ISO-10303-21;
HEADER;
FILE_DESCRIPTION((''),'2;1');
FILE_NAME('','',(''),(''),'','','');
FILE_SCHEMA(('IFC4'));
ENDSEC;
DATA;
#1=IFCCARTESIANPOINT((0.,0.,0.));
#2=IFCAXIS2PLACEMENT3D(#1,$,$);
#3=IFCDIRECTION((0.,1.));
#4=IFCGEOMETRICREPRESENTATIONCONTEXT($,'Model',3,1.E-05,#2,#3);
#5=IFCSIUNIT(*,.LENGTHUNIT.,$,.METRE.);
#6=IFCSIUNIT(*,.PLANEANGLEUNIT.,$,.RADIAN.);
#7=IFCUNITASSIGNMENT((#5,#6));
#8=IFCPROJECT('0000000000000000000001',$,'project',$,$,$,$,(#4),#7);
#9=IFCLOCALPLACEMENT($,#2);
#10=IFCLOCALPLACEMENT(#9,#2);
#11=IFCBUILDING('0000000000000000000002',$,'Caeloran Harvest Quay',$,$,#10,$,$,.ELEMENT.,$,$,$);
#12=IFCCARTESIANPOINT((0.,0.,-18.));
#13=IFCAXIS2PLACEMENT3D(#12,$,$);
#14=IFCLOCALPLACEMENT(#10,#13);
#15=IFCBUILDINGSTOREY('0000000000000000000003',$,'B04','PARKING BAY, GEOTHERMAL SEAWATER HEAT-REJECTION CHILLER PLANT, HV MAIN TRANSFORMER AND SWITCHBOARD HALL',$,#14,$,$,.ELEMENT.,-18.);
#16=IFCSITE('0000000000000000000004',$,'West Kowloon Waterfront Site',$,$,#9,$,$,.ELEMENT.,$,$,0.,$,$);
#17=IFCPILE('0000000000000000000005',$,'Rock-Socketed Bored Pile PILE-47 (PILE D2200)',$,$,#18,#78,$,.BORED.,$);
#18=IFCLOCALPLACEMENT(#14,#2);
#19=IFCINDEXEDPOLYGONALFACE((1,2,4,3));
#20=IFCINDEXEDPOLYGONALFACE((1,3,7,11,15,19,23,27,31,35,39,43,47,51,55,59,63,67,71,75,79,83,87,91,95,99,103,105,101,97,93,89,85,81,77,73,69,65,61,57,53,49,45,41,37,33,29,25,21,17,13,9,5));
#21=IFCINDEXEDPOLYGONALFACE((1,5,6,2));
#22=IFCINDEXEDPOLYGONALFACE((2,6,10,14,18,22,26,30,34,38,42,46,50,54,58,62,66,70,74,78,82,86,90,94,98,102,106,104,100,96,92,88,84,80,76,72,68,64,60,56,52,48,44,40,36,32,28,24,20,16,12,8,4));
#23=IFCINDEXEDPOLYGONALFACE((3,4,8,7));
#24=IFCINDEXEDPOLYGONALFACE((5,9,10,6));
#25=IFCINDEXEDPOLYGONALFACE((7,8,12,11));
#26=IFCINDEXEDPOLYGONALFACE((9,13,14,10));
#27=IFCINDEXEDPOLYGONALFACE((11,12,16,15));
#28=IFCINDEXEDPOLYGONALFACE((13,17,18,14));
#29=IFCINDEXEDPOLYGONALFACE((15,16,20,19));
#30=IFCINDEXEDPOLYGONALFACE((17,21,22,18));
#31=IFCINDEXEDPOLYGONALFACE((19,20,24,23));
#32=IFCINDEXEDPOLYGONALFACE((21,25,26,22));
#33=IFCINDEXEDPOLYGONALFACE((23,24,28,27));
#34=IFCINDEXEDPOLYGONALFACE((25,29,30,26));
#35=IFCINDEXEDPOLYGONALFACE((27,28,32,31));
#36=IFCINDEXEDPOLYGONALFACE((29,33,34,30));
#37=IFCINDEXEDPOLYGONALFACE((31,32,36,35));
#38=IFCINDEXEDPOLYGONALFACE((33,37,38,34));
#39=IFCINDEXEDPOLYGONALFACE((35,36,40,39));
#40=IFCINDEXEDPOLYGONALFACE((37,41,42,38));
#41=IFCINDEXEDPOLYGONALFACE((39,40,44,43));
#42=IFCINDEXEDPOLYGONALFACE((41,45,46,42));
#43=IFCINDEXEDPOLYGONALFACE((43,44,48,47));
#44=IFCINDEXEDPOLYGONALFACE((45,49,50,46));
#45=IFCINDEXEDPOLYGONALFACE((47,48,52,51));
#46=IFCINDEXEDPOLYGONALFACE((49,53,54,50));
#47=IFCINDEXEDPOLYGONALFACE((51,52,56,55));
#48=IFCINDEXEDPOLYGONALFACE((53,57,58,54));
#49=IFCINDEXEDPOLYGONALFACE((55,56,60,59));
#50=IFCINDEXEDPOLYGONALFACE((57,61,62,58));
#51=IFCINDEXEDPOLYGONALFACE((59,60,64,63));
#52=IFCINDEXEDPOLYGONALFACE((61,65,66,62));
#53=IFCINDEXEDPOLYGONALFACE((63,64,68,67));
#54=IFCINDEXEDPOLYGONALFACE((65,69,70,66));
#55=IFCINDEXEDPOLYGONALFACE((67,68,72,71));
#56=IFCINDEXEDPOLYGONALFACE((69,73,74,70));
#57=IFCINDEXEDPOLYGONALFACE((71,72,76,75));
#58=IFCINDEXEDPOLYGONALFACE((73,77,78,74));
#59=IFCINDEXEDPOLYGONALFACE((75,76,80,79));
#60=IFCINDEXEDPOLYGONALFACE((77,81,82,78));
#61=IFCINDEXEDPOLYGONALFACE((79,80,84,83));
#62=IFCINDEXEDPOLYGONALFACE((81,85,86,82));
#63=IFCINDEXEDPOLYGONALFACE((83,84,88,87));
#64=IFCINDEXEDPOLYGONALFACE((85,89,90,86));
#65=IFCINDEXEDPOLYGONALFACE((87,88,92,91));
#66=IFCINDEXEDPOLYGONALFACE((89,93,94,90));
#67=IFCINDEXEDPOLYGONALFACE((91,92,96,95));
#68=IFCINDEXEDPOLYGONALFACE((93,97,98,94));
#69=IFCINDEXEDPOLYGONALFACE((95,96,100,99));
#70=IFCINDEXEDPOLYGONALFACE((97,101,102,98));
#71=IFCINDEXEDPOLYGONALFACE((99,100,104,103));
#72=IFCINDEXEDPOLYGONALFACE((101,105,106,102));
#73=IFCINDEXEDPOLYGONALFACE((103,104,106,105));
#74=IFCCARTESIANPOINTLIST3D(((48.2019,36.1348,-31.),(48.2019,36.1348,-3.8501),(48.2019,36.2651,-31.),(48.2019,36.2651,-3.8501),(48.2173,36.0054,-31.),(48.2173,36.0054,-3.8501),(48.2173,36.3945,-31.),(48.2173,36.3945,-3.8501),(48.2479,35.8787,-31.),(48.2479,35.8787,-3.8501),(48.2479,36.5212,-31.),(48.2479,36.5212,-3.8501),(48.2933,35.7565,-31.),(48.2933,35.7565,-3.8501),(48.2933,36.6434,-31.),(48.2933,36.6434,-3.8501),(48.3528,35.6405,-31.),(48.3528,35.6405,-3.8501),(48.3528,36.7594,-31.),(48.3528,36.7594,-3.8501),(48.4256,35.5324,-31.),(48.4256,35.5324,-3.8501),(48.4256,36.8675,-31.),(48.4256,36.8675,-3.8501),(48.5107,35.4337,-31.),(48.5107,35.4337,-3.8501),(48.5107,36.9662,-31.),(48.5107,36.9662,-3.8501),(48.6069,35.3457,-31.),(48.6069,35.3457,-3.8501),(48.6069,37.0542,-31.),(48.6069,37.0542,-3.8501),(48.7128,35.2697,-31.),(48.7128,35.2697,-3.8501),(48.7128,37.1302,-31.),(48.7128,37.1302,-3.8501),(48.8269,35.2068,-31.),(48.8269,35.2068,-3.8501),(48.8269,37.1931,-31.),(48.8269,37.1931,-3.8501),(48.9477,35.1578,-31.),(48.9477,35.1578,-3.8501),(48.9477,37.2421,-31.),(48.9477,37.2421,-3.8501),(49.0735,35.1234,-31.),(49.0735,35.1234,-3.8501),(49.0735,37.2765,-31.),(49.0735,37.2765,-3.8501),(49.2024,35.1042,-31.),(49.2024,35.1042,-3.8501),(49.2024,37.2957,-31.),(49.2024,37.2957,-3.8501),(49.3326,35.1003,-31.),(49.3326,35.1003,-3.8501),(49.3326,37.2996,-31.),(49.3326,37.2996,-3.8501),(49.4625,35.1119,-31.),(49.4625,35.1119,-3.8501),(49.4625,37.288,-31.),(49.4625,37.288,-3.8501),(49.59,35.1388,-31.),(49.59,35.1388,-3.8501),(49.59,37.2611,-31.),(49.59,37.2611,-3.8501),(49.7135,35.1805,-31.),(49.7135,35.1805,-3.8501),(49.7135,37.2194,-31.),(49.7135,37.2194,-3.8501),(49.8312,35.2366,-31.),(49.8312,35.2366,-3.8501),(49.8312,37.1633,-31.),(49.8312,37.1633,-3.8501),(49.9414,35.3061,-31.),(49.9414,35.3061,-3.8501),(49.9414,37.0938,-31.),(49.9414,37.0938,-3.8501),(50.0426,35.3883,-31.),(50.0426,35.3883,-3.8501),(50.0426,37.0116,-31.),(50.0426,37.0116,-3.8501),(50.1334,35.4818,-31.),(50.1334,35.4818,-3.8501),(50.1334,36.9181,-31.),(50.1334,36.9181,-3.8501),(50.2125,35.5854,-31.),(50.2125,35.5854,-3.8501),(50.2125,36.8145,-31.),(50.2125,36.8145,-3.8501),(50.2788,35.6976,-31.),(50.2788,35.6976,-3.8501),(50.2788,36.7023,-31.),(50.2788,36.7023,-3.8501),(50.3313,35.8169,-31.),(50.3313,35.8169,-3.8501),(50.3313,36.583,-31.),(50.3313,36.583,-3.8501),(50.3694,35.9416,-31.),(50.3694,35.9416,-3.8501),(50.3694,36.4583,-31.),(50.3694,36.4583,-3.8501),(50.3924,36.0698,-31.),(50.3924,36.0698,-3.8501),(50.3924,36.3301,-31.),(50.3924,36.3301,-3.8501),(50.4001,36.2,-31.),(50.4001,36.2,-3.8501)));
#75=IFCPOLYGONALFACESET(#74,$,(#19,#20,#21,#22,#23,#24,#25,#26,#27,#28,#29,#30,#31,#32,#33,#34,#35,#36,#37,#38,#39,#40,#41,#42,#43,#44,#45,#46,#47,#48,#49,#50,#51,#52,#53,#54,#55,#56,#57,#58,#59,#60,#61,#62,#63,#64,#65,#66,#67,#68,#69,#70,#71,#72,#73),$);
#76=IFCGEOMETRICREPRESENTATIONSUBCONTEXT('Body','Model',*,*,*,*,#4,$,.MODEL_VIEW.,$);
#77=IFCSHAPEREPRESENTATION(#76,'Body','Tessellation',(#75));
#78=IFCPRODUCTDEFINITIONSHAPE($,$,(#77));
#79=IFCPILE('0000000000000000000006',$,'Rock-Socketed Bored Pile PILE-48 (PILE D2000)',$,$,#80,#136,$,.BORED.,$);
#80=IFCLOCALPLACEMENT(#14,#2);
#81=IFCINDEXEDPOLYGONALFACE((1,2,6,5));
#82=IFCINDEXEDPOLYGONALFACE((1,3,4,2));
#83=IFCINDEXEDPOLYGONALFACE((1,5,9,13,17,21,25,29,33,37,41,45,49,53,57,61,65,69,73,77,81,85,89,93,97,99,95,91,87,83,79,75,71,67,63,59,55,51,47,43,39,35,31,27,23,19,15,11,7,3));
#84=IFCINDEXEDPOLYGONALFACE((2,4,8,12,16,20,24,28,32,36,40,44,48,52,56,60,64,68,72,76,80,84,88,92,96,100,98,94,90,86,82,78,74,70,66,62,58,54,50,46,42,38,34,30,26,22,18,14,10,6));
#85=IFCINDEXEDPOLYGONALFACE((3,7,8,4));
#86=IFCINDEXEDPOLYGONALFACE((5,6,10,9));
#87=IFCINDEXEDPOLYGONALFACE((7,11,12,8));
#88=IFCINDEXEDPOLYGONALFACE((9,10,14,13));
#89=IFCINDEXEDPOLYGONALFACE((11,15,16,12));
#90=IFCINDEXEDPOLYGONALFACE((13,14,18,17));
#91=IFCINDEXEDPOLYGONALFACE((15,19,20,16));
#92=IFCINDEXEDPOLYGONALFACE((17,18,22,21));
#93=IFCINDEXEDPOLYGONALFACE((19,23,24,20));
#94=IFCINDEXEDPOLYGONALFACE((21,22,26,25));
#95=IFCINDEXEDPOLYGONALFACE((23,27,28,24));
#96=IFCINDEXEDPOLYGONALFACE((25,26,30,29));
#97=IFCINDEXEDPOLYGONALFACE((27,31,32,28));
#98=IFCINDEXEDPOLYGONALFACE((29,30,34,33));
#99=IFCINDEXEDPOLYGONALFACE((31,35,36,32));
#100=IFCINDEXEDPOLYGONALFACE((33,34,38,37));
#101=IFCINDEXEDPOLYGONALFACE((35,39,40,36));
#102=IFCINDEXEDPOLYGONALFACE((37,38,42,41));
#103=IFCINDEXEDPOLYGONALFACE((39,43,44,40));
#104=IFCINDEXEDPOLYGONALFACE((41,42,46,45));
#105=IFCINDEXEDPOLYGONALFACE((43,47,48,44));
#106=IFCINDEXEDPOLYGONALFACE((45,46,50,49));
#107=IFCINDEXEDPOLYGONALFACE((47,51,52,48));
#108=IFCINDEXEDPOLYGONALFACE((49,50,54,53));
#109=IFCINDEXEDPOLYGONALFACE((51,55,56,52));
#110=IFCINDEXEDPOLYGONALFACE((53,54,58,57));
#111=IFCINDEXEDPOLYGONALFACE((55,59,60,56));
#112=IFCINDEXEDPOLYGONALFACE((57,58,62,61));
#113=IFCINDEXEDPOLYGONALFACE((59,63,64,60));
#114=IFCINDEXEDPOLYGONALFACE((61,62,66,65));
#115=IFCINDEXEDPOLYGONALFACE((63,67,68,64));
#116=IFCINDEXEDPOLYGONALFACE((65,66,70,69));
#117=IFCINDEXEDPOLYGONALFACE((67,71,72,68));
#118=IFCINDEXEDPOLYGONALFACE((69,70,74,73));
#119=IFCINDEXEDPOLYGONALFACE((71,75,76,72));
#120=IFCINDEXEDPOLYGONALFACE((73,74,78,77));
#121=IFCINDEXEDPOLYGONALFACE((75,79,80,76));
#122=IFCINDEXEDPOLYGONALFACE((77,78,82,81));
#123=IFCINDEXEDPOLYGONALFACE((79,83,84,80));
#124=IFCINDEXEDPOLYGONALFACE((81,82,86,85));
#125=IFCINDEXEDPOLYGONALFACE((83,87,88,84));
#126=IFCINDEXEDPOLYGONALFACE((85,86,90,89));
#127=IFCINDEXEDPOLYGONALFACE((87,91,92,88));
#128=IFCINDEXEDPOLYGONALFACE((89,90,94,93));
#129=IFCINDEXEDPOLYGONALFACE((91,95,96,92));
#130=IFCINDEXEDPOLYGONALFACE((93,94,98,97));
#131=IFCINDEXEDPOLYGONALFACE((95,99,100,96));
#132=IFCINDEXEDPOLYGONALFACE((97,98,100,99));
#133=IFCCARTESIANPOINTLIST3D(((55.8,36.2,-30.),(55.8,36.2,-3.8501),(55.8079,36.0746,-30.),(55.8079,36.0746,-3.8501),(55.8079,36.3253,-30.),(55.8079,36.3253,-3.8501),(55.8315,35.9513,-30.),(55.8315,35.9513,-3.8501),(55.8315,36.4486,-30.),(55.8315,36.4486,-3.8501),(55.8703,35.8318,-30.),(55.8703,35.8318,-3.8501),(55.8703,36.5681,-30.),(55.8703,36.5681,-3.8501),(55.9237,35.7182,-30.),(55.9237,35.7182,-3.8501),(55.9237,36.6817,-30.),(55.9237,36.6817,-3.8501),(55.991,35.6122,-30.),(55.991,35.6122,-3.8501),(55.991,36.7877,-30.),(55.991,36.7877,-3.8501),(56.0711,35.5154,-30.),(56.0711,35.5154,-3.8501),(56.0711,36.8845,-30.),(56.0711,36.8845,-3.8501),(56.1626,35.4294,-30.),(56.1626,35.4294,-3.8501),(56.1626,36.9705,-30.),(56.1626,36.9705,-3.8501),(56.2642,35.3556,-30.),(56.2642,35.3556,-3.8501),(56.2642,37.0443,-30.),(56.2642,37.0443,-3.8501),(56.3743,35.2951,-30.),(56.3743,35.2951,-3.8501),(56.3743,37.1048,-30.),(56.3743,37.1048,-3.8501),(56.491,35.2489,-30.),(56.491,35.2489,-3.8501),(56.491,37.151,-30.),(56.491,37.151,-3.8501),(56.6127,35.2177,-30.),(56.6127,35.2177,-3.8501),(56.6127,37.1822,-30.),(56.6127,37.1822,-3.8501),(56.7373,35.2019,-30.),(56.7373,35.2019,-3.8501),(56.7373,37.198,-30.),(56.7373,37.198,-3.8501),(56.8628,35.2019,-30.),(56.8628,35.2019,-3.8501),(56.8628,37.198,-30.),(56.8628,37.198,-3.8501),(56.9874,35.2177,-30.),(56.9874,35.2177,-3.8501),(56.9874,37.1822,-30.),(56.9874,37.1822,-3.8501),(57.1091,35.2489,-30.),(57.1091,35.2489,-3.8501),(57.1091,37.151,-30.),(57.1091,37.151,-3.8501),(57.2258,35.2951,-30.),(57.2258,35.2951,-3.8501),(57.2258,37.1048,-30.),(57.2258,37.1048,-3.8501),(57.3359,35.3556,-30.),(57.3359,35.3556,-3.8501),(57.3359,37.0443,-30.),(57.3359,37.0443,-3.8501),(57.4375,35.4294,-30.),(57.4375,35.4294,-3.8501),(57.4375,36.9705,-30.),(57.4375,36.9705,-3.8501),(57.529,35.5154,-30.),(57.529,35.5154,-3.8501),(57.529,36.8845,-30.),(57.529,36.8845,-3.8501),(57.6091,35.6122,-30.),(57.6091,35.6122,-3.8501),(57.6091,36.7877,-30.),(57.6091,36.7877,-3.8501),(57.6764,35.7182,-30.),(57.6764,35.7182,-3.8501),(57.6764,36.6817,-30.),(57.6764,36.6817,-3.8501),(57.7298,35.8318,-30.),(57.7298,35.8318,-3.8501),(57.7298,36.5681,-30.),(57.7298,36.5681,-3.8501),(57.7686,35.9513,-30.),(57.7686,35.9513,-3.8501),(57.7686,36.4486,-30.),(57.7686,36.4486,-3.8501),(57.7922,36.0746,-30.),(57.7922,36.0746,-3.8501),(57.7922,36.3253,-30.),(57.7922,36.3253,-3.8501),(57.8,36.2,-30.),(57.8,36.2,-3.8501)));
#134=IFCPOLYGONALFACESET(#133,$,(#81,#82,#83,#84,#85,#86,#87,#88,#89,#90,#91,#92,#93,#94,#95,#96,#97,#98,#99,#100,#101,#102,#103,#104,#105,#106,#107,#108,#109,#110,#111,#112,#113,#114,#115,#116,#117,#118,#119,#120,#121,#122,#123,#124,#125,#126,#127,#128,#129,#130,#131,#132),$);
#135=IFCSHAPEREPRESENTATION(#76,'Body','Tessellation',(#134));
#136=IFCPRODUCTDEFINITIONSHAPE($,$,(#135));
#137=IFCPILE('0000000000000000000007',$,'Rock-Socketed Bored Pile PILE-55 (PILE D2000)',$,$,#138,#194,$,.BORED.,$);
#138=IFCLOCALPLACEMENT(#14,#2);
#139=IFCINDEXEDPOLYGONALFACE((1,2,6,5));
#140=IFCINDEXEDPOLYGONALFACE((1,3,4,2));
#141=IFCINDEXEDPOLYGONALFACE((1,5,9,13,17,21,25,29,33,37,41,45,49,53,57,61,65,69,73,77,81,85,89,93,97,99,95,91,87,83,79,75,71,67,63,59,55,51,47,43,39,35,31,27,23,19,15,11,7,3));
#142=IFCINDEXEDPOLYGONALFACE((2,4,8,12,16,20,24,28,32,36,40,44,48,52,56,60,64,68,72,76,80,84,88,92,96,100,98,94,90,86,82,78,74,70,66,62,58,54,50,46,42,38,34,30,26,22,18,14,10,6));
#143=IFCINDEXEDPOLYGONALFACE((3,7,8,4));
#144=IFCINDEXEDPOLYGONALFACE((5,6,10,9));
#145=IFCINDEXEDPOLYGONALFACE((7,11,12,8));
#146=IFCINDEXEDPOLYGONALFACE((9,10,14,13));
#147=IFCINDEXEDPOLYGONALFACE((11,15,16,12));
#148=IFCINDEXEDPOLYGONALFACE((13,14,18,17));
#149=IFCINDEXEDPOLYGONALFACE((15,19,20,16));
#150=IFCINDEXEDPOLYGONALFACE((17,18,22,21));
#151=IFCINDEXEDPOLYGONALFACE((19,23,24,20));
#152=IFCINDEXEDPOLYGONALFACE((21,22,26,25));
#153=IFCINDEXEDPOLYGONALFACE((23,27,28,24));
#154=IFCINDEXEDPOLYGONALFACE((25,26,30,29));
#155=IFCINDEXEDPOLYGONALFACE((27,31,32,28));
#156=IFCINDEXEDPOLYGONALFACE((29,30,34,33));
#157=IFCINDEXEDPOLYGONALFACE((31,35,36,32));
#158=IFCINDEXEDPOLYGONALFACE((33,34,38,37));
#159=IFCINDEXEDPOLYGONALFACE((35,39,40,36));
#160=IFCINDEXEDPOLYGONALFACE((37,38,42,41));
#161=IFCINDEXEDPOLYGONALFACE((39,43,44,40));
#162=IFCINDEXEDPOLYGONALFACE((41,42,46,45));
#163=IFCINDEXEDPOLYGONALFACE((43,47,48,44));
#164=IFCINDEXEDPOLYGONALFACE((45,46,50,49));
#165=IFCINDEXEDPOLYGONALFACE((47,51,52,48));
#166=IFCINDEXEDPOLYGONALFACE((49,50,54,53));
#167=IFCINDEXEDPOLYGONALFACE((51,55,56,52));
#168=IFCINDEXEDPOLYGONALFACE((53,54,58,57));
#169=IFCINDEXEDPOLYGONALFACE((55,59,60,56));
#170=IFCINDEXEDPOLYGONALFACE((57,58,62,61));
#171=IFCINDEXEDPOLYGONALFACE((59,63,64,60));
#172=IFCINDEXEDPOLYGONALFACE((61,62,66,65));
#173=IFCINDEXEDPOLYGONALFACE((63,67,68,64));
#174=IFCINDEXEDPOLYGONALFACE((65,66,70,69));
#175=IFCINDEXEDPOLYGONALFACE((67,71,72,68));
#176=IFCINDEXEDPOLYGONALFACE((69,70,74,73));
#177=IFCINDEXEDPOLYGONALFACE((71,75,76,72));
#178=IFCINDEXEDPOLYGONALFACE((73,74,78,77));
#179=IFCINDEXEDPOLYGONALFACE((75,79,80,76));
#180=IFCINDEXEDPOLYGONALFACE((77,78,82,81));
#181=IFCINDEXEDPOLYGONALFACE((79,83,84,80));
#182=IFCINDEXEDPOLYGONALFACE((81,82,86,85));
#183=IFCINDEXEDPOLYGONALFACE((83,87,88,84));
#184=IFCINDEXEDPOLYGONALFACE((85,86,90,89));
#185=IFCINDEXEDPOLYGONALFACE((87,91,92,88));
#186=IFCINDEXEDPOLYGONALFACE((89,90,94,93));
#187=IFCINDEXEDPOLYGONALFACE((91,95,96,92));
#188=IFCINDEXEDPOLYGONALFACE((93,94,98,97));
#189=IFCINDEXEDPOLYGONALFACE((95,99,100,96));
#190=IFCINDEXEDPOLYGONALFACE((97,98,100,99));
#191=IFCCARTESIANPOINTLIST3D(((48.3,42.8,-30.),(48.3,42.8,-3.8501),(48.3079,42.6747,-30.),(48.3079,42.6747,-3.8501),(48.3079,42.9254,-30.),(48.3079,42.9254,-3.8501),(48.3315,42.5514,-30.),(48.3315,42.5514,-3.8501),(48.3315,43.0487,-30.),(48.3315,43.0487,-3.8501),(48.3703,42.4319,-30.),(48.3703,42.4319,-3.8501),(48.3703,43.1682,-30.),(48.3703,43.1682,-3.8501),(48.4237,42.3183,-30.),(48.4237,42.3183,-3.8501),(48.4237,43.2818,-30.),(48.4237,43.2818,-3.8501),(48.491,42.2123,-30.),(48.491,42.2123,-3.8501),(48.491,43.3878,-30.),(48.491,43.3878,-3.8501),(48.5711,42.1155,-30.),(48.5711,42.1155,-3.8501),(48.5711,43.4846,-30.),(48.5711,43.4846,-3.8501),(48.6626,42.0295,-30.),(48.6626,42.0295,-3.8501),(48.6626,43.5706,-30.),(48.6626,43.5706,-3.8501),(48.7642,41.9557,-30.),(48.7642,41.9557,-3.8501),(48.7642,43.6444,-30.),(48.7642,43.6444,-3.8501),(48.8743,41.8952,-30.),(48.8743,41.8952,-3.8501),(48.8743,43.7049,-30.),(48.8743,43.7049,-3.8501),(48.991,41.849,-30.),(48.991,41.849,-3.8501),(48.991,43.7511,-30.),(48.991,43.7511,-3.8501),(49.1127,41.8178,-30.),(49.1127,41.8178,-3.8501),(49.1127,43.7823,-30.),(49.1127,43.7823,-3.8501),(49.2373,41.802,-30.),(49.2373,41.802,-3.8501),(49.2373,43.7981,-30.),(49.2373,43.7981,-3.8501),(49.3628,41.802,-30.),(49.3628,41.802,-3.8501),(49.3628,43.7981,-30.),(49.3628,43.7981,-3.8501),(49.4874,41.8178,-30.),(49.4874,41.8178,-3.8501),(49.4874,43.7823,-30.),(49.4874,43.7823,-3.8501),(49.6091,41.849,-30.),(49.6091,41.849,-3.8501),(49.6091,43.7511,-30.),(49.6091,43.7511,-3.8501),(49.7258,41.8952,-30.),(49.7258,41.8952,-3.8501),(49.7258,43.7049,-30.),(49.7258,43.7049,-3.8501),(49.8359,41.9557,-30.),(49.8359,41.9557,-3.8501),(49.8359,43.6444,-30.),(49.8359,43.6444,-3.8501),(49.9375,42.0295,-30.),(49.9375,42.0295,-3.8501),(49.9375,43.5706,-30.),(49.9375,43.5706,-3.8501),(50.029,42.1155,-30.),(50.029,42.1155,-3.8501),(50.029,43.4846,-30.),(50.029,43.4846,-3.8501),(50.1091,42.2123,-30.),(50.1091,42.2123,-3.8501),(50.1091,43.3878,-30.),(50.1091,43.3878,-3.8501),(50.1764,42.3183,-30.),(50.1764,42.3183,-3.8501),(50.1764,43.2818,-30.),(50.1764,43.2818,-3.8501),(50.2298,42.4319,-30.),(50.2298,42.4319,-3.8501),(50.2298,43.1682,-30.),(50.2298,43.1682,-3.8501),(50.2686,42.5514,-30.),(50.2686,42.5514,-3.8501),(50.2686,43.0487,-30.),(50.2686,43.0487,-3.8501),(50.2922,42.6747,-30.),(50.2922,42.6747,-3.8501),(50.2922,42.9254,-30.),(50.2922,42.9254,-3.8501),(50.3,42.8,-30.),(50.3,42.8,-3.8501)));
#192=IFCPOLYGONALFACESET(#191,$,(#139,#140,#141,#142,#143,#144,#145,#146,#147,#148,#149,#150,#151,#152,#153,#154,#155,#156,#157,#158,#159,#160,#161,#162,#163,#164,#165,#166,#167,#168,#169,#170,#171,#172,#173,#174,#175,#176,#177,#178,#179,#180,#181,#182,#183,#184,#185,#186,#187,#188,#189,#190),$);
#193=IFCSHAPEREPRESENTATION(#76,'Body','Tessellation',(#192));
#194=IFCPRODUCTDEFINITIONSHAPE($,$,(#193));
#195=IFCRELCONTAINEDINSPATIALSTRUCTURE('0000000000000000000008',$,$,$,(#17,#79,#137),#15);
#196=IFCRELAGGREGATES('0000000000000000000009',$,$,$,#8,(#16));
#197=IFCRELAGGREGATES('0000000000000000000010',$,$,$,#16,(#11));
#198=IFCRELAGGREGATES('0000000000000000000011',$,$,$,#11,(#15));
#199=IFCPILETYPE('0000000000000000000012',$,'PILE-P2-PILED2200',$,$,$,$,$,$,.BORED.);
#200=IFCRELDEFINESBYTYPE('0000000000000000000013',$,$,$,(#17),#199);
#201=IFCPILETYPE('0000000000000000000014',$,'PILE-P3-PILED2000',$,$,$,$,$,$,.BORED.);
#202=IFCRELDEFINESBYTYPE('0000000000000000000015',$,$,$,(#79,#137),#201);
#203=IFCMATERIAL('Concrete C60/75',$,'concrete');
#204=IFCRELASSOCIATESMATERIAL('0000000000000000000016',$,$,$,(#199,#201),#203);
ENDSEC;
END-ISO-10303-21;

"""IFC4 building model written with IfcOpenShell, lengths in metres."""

from ifc_helpers import new_model, si_unit, direction, frame, origin, origin_2d, place, context, subcontext, project, spatial, circle, extrude, material, material_profile, profile_set, type_object, element, save


model = new_model("IFC4")

# Units and contexts
model_context = context("Model", 3, precision=1e-05, world=origin(), true_north=direction((0.0, 1.0)))
body_context = subcontext(model_context, "Body", "Model", "MODEL_VIEW")
ifc_project = project(units=[si_unit("LENGTHUNIT", "METRE"), si_unit("PLANEANGLEUNIT", "RADIAN")], contexts=[model_context])

# Site, building, storey
site_placement = place(None, origin())
site = spatial("IfcSite", under=ifc_project, at=site_placement, Name="West Kowloon Waterfront Site", CompositionType="ELEMENT", RefElevation=0.0)
building_placement = place(site_placement, origin())
building = spatial("IfcBuilding", under=site, at=building_placement, Name="Caeloran Harvest Quay", CompositionType="ELEMENT")
storey_placement = place(building_placement, frame((0.0, 0.0, -18.0)))
storey = spatial("IfcBuildingStorey", under=building, at=storey_placement, Name="B04", Description="PARKING BAY, GEOTHERMAL SEAWATER HEAT-REJECTION CHILLER PLANT, HV MAIN TRANSFORMER AND SWITCHBOARD HALL", CompositionType="ELEMENT", Elevation=-18.0)

# Piles
ifc_material_1 = material(Name="Concrete C60/75", Category="concrete")
ifc_material_profile_1 = material_profile(ifc_material_1, circle(Radius=1.1001, at=origin_2d()), Name="PILE D2200")
ifc_profile_set_1 = profile_set([ifc_material_profile_1], Name="Concrete C60/75")
pile_type_1 = type_object("IfcPileType", Name="PILE-P2-PILED2200", PredefinedType="BORED", material=ifc_profile_set_1)
pile_placement = place(storey_placement, frame((49.3, 36.2, -3.8501), z_axis=(0.0, 0.0, -1.0), x_axis=(1.0, 0.0, 0.0)))
element("IfcPile", 1, at=pile_placement, inside=storey, type_object=pile_type_1, Name="Rock-Socketed Bored Pile PILE-47 (PILE D2200)", PredefinedType="BORED", context=body_context, shape_type="SweptSolid", body=[
    extrude(circle(Radius=1.1001, at=origin_2d()), origin(), (0.0, 0.0, 1.0), 27.1499),
])
ifc_material_profile_2 = material_profile(ifc_material_1, circle(Radius=1.0, at=origin_2d()), Name="PILE D2000")
ifc_profile_set_2 = profile_set([ifc_material_profile_2], Name="Concrete C60/75")
pile_type_2 = type_object("IfcPileType", Name="PILE-P3-PILED2000", PredefinedType="BORED", material=ifc_profile_set_2)
for number, where, z_axis, x_axis, name in (
    (2, (56.8, 36.2, -3.8501), (0.0, 0.0, -1.0), (1.0, 0.0, 0.0), "Rock-Socketed Bored Pile PILE-48 (PILE D2000)"),
    (3, (49.3, 42.8, -3.8501), (0.0, 0.0, -1.0), (1.0, 0.0, 0.0), "Rock-Socketed Bored Pile PILE-55 (PILE D2000)"),
):
    element("IfcPile", number, at=place(storey_placement, frame(where, z_axis=z_axis, x_axis=x_axis)), inside=storey, type_object=pile_type_2, Name=name, PredefinedType="BORED", context=body_context, shape_type="SweptSolid", body=[
        extrude(circle(Radius=1.0, at=origin_2d()), origin(), (0.0, 0.0, 1.0), 26.1499),
    ])

save(model, "model.ifc")
